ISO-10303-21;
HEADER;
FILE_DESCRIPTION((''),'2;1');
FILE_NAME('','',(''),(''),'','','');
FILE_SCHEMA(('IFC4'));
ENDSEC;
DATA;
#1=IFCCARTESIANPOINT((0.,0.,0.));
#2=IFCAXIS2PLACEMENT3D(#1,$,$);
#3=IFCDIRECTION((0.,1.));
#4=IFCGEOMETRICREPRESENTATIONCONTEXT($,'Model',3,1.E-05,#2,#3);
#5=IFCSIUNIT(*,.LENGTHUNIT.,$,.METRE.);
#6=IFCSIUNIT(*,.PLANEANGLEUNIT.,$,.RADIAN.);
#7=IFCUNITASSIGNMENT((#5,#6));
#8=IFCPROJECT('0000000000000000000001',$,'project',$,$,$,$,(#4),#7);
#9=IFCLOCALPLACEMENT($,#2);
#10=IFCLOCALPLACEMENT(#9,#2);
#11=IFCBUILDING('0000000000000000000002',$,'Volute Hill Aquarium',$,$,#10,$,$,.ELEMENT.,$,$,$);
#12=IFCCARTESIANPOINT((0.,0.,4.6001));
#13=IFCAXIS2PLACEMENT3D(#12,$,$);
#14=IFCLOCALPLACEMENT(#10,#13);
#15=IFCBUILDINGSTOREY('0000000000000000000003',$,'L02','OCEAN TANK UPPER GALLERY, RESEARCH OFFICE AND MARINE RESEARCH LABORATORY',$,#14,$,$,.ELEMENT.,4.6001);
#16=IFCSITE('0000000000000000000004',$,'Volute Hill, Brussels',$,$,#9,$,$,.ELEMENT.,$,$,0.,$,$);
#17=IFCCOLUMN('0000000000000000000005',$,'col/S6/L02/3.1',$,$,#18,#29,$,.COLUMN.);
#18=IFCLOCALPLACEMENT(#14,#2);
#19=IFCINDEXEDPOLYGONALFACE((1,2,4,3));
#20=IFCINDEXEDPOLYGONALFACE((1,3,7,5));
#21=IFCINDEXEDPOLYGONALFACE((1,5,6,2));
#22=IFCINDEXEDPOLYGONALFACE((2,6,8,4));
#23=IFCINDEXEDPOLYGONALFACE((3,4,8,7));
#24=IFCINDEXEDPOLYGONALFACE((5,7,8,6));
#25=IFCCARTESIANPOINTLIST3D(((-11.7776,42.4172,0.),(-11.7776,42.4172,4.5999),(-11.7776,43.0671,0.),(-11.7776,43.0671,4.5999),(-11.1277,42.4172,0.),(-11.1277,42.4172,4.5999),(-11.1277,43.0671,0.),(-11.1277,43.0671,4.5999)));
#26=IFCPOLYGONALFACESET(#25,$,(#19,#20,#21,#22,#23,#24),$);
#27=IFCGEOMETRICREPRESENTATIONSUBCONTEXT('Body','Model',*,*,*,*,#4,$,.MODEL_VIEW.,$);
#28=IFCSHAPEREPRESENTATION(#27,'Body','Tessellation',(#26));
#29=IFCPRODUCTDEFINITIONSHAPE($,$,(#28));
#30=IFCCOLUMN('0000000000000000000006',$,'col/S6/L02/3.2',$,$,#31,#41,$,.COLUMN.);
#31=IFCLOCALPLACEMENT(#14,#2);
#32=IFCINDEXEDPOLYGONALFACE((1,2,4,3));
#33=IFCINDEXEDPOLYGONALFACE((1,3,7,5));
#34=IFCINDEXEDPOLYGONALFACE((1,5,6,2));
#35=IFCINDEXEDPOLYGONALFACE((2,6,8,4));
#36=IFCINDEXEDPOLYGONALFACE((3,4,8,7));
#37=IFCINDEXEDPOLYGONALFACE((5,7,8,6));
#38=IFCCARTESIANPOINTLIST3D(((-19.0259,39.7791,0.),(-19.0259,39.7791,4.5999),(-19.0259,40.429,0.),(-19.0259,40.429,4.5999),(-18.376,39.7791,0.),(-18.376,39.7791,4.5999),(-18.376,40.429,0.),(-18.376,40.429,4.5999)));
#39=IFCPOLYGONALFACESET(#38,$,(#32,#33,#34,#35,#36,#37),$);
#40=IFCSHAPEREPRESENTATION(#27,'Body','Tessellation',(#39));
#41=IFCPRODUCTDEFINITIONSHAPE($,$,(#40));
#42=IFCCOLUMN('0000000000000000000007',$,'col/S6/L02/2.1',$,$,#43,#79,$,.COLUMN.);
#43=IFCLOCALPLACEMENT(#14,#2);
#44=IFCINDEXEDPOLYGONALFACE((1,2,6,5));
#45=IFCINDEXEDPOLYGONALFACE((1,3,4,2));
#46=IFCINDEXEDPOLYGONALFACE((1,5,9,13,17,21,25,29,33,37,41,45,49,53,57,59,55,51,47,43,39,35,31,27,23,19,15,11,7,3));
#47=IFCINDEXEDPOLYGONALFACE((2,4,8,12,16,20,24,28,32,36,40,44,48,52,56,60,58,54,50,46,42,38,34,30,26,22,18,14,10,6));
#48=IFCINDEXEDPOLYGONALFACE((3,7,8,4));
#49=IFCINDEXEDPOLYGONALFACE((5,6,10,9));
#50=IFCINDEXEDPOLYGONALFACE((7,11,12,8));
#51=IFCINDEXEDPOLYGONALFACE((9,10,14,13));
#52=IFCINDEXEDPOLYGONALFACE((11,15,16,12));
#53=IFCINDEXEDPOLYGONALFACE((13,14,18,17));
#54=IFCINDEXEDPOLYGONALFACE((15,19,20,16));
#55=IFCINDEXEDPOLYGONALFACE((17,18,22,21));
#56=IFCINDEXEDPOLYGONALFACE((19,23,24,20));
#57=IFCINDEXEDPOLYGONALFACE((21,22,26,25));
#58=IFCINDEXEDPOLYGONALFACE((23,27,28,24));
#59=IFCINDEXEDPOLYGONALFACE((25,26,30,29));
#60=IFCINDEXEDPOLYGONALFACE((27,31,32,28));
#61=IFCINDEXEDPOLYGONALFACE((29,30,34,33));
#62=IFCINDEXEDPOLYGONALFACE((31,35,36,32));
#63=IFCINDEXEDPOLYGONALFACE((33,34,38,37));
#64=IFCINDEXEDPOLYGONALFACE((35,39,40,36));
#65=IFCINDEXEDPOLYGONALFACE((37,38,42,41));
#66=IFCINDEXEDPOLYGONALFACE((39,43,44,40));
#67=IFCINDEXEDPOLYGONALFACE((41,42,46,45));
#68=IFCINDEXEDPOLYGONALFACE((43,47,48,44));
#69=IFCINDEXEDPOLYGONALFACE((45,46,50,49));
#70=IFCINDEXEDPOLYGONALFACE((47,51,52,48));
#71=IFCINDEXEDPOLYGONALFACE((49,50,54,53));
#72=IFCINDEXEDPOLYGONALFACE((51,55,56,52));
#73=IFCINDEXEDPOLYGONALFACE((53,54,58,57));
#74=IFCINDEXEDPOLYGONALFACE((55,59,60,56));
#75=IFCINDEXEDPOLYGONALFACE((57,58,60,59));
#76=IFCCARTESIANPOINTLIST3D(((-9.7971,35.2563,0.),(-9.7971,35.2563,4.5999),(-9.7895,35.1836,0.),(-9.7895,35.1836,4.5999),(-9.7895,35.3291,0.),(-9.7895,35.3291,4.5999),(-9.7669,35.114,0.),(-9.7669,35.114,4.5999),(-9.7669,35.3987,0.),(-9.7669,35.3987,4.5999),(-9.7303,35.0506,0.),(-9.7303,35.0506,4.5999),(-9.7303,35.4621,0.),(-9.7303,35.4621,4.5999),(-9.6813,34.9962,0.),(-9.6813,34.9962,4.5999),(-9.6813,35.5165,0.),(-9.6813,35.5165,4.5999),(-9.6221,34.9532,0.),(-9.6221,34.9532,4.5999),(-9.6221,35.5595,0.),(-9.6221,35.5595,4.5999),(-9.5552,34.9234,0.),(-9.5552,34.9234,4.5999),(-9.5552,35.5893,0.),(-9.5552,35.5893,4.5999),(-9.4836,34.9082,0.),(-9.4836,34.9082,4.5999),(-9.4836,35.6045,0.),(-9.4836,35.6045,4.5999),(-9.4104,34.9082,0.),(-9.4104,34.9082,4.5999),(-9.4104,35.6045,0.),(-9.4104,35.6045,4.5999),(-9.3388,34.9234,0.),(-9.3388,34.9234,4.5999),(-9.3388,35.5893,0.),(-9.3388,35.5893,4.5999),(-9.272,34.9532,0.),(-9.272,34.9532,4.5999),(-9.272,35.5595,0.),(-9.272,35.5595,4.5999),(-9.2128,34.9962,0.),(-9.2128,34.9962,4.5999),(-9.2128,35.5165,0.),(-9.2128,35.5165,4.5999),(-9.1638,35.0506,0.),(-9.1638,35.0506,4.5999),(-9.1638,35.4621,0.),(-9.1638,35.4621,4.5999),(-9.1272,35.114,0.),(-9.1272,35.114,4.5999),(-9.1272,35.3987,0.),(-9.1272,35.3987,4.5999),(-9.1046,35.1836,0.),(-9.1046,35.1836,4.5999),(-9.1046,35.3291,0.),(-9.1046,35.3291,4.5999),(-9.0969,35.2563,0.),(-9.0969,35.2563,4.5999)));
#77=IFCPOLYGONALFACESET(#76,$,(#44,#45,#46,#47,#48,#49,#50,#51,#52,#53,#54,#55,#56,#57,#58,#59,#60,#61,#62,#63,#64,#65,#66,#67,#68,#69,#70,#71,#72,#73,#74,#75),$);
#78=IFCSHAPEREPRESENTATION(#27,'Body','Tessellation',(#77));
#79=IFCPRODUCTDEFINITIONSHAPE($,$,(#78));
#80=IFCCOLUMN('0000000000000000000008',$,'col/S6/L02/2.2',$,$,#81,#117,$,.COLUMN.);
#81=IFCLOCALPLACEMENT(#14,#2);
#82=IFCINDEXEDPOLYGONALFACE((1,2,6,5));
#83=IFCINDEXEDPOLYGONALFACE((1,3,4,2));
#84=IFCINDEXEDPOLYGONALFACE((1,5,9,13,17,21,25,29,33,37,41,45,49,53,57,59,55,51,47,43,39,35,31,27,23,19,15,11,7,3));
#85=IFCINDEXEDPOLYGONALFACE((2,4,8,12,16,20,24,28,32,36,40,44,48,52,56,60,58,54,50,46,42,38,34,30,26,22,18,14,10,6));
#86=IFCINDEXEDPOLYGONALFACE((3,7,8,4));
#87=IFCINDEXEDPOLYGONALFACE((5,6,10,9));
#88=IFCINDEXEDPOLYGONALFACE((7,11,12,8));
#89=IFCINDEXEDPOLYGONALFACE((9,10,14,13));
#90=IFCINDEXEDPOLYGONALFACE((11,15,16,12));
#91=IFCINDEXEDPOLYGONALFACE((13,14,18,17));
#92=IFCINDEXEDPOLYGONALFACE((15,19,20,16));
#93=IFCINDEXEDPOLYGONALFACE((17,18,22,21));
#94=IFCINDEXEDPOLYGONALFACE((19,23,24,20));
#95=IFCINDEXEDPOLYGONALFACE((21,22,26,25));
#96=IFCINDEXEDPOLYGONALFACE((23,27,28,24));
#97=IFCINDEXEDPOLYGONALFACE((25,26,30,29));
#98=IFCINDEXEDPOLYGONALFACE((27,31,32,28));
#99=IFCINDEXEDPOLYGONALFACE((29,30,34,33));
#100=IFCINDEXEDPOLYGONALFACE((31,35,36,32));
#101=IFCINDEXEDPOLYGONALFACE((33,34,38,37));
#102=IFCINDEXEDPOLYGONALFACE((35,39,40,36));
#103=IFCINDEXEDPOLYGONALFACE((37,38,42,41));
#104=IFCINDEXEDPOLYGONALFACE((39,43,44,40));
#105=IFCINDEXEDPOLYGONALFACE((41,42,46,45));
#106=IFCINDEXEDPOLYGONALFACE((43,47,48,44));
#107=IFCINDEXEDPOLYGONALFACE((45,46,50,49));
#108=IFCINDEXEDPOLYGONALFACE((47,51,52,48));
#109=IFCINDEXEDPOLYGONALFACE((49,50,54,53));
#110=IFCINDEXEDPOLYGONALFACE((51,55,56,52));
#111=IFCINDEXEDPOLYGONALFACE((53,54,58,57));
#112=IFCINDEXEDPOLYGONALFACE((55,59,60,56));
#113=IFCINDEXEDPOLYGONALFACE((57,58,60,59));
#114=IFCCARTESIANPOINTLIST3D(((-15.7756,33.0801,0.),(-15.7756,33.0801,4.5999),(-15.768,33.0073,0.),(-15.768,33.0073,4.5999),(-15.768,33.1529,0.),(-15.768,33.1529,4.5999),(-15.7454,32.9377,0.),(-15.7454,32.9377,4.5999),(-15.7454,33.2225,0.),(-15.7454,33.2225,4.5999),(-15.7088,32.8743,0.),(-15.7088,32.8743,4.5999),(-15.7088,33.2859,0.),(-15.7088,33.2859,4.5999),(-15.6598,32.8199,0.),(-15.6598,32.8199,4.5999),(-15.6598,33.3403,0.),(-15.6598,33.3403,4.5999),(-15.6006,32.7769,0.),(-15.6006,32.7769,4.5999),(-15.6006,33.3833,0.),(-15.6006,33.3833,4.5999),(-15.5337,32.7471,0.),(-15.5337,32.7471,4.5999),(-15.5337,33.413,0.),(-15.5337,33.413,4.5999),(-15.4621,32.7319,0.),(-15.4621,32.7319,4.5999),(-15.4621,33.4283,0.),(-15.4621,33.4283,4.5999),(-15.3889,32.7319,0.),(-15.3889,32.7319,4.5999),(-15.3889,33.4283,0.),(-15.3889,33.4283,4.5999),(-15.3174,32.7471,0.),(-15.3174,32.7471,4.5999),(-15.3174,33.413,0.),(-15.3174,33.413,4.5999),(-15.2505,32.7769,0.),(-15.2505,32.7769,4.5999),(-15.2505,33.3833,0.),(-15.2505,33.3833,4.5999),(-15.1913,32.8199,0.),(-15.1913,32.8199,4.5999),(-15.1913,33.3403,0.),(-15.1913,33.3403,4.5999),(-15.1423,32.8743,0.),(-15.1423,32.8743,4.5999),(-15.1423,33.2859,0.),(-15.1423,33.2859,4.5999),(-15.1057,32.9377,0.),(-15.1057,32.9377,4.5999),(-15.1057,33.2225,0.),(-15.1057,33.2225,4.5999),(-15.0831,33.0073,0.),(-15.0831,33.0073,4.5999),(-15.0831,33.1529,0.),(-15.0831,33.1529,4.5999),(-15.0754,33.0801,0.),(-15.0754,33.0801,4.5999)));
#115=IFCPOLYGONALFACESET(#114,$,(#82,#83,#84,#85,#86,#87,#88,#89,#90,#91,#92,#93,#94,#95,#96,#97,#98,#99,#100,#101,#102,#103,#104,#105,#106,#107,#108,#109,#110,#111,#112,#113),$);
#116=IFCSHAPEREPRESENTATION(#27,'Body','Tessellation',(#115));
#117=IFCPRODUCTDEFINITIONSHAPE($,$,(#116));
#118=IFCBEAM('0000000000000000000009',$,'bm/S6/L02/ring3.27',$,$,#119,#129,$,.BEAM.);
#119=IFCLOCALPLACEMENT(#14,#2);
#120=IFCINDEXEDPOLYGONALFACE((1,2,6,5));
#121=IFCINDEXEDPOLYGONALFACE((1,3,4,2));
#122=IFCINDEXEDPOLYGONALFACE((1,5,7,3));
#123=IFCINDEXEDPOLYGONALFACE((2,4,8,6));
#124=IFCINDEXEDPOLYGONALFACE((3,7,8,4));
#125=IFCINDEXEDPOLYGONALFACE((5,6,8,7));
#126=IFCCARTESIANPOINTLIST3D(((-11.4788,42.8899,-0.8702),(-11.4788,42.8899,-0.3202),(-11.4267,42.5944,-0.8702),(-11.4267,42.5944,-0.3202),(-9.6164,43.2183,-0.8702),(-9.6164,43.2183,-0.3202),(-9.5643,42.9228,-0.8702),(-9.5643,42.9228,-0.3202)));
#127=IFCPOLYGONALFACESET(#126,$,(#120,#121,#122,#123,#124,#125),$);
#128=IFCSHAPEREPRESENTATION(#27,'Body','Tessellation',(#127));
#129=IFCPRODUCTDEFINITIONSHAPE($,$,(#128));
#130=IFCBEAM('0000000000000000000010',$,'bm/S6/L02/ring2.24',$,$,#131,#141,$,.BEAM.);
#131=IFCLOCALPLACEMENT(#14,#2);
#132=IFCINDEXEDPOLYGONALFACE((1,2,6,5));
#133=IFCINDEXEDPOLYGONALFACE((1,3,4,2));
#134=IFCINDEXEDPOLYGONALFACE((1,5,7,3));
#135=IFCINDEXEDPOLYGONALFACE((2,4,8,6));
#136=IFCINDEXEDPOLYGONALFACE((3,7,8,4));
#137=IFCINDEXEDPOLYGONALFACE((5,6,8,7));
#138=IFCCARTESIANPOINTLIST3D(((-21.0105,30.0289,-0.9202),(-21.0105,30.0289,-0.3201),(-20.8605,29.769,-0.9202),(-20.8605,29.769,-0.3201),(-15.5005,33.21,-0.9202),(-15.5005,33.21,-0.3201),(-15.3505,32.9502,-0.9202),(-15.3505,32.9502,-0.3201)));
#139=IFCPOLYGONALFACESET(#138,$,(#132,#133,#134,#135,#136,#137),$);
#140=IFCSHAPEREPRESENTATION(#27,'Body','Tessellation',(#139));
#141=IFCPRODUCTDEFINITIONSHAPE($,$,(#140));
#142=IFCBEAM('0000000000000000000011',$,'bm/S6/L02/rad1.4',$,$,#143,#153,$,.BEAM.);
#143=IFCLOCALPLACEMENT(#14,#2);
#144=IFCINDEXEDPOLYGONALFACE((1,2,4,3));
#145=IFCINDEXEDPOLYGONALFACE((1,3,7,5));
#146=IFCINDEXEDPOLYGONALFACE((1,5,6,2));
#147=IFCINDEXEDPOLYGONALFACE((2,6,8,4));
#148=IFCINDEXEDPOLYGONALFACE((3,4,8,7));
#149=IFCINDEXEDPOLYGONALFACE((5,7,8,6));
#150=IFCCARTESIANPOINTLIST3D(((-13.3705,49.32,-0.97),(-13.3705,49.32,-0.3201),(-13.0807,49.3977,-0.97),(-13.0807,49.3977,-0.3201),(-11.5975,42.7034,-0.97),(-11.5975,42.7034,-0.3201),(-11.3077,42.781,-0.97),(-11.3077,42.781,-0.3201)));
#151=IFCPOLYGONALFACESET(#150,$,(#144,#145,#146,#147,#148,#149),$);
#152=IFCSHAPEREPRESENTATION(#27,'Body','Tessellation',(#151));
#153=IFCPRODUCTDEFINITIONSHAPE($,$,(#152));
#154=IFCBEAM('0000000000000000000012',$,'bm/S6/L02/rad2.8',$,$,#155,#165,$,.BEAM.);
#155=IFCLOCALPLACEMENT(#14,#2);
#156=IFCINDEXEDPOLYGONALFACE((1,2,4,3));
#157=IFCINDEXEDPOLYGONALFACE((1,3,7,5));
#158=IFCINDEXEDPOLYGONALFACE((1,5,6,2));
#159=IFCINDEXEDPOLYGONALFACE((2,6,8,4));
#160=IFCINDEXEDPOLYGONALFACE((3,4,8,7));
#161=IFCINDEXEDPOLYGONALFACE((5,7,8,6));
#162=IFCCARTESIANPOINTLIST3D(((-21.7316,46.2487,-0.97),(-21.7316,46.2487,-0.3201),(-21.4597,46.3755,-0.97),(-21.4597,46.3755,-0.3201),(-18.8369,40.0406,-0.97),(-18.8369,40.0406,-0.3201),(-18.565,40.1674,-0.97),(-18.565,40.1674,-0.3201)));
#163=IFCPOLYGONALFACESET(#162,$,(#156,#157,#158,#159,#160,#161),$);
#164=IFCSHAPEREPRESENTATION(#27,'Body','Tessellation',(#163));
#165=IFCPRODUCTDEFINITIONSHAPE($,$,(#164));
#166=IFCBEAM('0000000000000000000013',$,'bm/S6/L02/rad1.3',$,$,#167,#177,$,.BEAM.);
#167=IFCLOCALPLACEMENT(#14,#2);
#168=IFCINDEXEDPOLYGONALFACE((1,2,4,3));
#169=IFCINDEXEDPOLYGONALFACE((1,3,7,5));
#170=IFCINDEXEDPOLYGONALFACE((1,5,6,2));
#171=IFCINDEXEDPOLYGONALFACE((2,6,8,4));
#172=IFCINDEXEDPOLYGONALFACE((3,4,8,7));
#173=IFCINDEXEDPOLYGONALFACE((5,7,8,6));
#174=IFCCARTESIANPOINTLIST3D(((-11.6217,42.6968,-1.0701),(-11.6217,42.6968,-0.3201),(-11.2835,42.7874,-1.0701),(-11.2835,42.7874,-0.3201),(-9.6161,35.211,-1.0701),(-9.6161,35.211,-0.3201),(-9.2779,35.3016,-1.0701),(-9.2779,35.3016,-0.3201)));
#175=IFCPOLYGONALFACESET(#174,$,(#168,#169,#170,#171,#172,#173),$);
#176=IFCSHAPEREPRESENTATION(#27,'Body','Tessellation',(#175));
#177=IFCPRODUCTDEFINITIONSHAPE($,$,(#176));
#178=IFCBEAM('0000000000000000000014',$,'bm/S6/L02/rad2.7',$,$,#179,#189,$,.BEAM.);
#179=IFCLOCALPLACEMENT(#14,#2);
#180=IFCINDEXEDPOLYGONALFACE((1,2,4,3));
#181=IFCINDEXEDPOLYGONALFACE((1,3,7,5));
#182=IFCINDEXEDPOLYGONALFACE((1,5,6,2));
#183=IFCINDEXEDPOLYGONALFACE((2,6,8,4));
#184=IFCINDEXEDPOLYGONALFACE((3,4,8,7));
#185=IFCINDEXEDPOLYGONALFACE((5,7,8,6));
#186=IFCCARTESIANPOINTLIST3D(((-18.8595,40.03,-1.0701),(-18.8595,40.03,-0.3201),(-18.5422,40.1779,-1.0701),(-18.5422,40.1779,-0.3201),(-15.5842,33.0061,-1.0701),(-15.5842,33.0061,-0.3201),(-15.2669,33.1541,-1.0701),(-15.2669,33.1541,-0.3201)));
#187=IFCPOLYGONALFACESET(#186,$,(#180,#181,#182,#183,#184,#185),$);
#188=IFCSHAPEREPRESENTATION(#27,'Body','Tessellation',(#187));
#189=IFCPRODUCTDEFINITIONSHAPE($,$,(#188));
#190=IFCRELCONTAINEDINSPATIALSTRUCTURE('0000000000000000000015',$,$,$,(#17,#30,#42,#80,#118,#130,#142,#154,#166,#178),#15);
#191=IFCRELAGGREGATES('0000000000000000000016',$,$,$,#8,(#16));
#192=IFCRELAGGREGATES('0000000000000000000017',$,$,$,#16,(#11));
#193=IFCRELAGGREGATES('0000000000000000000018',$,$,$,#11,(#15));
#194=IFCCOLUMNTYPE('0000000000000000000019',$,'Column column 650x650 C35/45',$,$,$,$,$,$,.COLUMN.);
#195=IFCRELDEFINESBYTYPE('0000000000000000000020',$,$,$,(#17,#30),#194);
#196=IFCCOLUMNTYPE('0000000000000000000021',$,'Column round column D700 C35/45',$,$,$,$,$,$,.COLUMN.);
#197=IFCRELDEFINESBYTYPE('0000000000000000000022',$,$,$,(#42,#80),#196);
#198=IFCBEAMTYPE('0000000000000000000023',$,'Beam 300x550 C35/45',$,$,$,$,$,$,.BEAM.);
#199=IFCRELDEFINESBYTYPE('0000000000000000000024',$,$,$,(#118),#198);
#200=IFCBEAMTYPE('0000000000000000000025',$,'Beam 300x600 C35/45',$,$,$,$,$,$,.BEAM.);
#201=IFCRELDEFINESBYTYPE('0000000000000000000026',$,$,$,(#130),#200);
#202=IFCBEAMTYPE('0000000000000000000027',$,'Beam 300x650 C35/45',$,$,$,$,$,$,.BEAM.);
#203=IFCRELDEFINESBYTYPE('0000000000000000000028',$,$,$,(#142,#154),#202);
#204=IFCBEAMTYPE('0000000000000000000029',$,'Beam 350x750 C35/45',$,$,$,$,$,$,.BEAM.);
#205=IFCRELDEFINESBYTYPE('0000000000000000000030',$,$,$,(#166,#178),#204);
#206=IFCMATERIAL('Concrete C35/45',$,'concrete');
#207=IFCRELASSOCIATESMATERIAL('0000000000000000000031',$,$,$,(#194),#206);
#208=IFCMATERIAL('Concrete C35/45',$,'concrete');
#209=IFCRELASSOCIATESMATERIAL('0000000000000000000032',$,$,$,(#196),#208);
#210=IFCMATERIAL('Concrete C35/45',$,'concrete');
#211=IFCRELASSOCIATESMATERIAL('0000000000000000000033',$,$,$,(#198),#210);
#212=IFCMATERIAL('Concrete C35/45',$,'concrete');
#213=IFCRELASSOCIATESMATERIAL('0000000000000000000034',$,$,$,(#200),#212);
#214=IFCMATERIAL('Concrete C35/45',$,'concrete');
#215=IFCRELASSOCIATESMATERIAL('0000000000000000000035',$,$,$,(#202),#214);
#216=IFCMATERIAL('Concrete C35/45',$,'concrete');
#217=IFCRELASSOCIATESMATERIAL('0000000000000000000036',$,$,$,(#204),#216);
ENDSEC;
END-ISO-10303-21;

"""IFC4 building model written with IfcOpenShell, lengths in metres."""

from ifc_helpers import new_model, si_unit, direction, frame, origin, origin_2d, place, context, subcontext, project, spatial, rectangle, circle, extrude, material, material_profile, profile_set, type_object, element, save


model = new_model("IFC4")

# Units and contexts
model_context = context("Model", 3, precision=1e-05, world=origin(), true_north=direction((0.0, 1.0)))
body_context = subcontext(model_context, "Body", "Model", "MODEL_VIEW")
ifc_project = project(units=[si_unit("LENGTHUNIT", "METRE"), si_unit("PLANEANGLEUNIT", "RADIAN")], contexts=[model_context])

# Site, building, storey
site_placement = place(None, origin())
site = spatial("IfcSite", under=ifc_project, at=site_placement, Name="Volute Hill, Brussels", CompositionType="ELEMENT", RefElevation=0.0)
building_placement = place(site_placement, origin())
building = spatial("IfcBuilding", under=site, at=building_placement, Name="Volute Hill Aquarium", CompositionType="ELEMENT")
storey_placement = place(building_placement, frame((0.0, 0.0, 4.6001)))
storey = spatial("IfcBuildingStorey", under=building, at=storey_placement, Name="L02", Description="OCEAN TANK UPPER GALLERY, RESEARCH OFFICE AND MARINE RESEARCH LABORATORY", CompositionType="ELEMENT", Elevation=4.6001)

# Columns
ifc_material_1 = material(Name="Concrete C35/45", Category="concrete")
ifc_material_profile_1 = material_profile(ifc_material_1, rectangle(XDim=0.6499, YDim=0.6499, at=origin_2d()), Name="RC column 650x650")
ifc_profile_set_1 = profile_set([ifc_material_profile_1], Name="Concrete C35/45")
column_type_1 = type_object("IfcColumnType", Name="Column column 650x650 C35/45", PredefinedType="COLUMN", material=ifc_profile_set_1)
for number, where, z_axis, x_axis, name in (
    (1, (-11.4526, 42.7422, 0.0), (0.0, 0.0, 1.0), (1.0, 0.0, 0.0), "col/S6/L02/3.1"),
    (2, (-18.7009, 40.104, 0.0), (0.0, 0.0, 1.0), (1.0, 0.0, 0.0), "col/S6/L02/3.2"),
):
    element("IfcColumn", number, at=place(storey_placement, frame(where, z_axis=z_axis, x_axis=x_axis)), inside=storey, type_object=column_type_1, Name=name, PredefinedType="COLUMN", context=body_context, shape_type="SweptSolid", body=[
        extrude(rectangle(XDim=0.6499, YDim=0.6499, at=origin_2d()), origin(), (0.0, 0.0, 1.0), 4.5999),
    ])
ifc_material_2 = material(Name="Concrete C35/45", Category="concrete")
ifc_material_profile_2 = material_profile(ifc_material_2, circle(Radius=0.3501, at=origin_2d()), Name="RC round column D700")
ifc_profile_set_2 = profile_set([ifc_material_profile_2], Name="Concrete C35/45")
column_type_2 = type_object("IfcColumnType", Name="Column round column D700 C35/45", PredefinedType="COLUMN", material=ifc_profile_set_2)
for number, where, z_axis, x_axis, name in (
    (3, (-9.447, 35.2563, 0.0), (0.0, 0.0, 1.0), (1.0, 0.0, 0.0), "col/S6/L02/2.1"),
    (4, (-15.4255, 33.0801, 0.0), (0.0, 0.0, 1.0), (1.0, 0.0, 0.0), "col/S6/L02/2.2"),
):
    element("IfcColumn", number, at=place(storey_placement, frame(where, z_axis=z_axis, x_axis=x_axis)), inside=storey, type_object=column_type_2, Name=name, PredefinedType="COLUMN", context=body_context, shape_type="SweptSolid", body=[
        extrude(circle(Radius=0.3501, at=origin_2d()), origin(), (0.0, 0.0, 1.0), 4.5999),
    ])

# Beams
ifc_material_3 = material(Name="Concrete C35/45", Category="concrete")
ifc_material_profile_3 = material_profile(ifc_material_3, rectangle(XDim=0.3, YDim=0.55, at=origin_2d()), Name="RC beam 300x550")
ifc_profile_set_3 = profile_set([ifc_material_profile_3], Name="Concrete C35/45")
beam_type_1 = type_object("IfcBeamType", Name="Beam 300x550 C35/45", PredefinedType="BEAM", material=ifc_profile_set_3)
beam_1_placement = place(storey_placement, frame((-9.5903, 43.0706, -0.5952), z_axis=(-0.984808, -0.173645, 0.0), x_axis=(0.173645, -0.984808, 0.0)))
element("IfcBeam", 5, at=beam_1_placement, inside=storey, type_object=beam_type_1, Name="bm/S6/L02/ring3.27", PredefinedType="BEAM", context=body_context, shape_type="SweptSolid", body=[
    extrude(rectangle(XDim=0.3, YDim=0.55, at=origin_2d()), origin(), (0.0, 0.0, 1.0), 1.8911),
])
ifc_material_4 = material(Name="Concrete C35/45", Category="concrete")
ifc_material_profile_4 = material_profile(ifc_material_4, rectangle(XDim=0.3, YDim=0.6001, at=origin_2d()), Name="RC beam 300x600")
ifc_profile_set_4 = profile_set([ifc_material_profile_4], Name="Concrete C35/45")
beam_type_2 = type_object("IfcBeamType", Name="Beam 300x600 C35/45", PredefinedType="BEAM", material=ifc_profile_set_4)
beam_2_placement = place(storey_placement, frame((-15.4255, 33.0801, -0.6201), z_axis=(-0.866029, -0.499994, 0.0), x_axis=(0.499994, -0.866029, 0.0)))
element("IfcBeam", 6, at=beam_2_placement, inside=storey, type_object=beam_type_2, Name="bm/S6/L02/ring2.24", PredefinedType="BEAM", context=body_context, shape_type="SweptSolid", body=[
    extrude(rectangle(XDim=0.3, YDim=0.6001, at=origin_2d()), origin(), (0.0, 0.0, 1.0), 6.3623),
])
ifc_material_5 = material(Name="Concrete C35/45", Category="concrete")
ifc_material_profile_5 = material_profile(ifc_material_5, rectangle(XDim=0.3, YDim=0.6499, at=origin_2d()), Name="RC beam 300x650")
ifc_profile_set_5 = profile_set([ifc_material_profile_5], Name="Concrete C35/45")
beam_type_3 = type_object("IfcBeamType", Name="Beam 300x650 C35/45", PredefinedType="BEAM", material=ifc_profile_set_5)
beam_3_placement = place(storey_placement, frame((-11.4526, 42.7422, -0.645), z_axis=(-0.25882, 0.965925, 0.0), x_axis=(-0.965925, -0.25882, 0.0)))
element("IfcBeam", 7, at=beam_3_placement, inside=storey, type_object=beam_type_3, Name="bm/S6/L02/rad1.4", PredefinedType="BEAM", context=body_context, shape_type="SweptSolid", body=[
    extrude(rectangle(XDim=0.3, YDim=0.6499, at=origin_2d()), origin(), (0.0, 0.0, 1.0), 6.8501),
])
beam_4_placement = place(storey_placement, frame((-18.7009, 40.104, -0.645), z_axis=(-0.422597, 0.906318, 0.0), x_axis=(-0.906318, -0.422597, 0.0)))
element("IfcBeam", 8, at=beam_4_placement, inside=storey, type_object=beam_type_3, Name="bm/S6/L02/rad2.8", PredefinedType="BEAM", context=body_context, shape_type="SweptSolid", body=[
    extrude(rectangle(XDim=0.3, YDim=0.6499, at=origin_2d()), origin(), (0.0, 0.0, 1.0), 6.8499),
])
ifc_material_6 = material(Name="Concrete C35/45", Category="concrete")
ifc_material_profile_6 = material_profile(ifc_material_6, rectangle(XDim=0.3501, YDim=0.75, at=origin_2d()), Name="RC beam 350x750")
ifc_profile_set_6 = profile_set([ifc_material_profile_6], Name="Concrete C35/45")
beam_type_4 = type_object("IfcBeamType", Name="Beam 350x750 C35/45", PredefinedType="BEAM", material=ifc_profile_set_6)
beam_5_placement = place(storey_placement, frame((-9.447, 35.2563, -0.6951), z_axis=(-0.258794, 0.965933, 0.0), x_axis=(-0.965933, -0.258794, 0.0)))
element("IfcBeam", 9, at=beam_5_placement, inside=storey, type_object=beam_type_4, Name="bm/S6/L02/rad1.3", PredefinedType="BEAM", context=body_context, shape_type="SweptSolid", body=[
    extrude(rectangle(XDim=0.3501, YDim=0.75, at=origin_2d()), origin(), (0.0, 0.0, 1.0), 7.7498),
])
beam_6_placement = place(storey_placement, frame((-15.4255, 33.0801, -0.6951), z_axis=(-0.422627, 0.906304, 0.0), x_axis=(-0.906304, -0.422627, 0.0)))
element("IfcBeam", 10, at=beam_6_placement, inside=storey, type_object=beam_type_4, Name="bm/S6/L02/rad2.7", PredefinedType="BEAM", context=body_context, shape_type="SweptSolid", body=[
    extrude(rectangle(XDim=0.3501, YDim=0.75, at=origin_2d()), origin(), (0.0, 0.0, 1.0), 7.75),
])

save(model, "model.ifc")
